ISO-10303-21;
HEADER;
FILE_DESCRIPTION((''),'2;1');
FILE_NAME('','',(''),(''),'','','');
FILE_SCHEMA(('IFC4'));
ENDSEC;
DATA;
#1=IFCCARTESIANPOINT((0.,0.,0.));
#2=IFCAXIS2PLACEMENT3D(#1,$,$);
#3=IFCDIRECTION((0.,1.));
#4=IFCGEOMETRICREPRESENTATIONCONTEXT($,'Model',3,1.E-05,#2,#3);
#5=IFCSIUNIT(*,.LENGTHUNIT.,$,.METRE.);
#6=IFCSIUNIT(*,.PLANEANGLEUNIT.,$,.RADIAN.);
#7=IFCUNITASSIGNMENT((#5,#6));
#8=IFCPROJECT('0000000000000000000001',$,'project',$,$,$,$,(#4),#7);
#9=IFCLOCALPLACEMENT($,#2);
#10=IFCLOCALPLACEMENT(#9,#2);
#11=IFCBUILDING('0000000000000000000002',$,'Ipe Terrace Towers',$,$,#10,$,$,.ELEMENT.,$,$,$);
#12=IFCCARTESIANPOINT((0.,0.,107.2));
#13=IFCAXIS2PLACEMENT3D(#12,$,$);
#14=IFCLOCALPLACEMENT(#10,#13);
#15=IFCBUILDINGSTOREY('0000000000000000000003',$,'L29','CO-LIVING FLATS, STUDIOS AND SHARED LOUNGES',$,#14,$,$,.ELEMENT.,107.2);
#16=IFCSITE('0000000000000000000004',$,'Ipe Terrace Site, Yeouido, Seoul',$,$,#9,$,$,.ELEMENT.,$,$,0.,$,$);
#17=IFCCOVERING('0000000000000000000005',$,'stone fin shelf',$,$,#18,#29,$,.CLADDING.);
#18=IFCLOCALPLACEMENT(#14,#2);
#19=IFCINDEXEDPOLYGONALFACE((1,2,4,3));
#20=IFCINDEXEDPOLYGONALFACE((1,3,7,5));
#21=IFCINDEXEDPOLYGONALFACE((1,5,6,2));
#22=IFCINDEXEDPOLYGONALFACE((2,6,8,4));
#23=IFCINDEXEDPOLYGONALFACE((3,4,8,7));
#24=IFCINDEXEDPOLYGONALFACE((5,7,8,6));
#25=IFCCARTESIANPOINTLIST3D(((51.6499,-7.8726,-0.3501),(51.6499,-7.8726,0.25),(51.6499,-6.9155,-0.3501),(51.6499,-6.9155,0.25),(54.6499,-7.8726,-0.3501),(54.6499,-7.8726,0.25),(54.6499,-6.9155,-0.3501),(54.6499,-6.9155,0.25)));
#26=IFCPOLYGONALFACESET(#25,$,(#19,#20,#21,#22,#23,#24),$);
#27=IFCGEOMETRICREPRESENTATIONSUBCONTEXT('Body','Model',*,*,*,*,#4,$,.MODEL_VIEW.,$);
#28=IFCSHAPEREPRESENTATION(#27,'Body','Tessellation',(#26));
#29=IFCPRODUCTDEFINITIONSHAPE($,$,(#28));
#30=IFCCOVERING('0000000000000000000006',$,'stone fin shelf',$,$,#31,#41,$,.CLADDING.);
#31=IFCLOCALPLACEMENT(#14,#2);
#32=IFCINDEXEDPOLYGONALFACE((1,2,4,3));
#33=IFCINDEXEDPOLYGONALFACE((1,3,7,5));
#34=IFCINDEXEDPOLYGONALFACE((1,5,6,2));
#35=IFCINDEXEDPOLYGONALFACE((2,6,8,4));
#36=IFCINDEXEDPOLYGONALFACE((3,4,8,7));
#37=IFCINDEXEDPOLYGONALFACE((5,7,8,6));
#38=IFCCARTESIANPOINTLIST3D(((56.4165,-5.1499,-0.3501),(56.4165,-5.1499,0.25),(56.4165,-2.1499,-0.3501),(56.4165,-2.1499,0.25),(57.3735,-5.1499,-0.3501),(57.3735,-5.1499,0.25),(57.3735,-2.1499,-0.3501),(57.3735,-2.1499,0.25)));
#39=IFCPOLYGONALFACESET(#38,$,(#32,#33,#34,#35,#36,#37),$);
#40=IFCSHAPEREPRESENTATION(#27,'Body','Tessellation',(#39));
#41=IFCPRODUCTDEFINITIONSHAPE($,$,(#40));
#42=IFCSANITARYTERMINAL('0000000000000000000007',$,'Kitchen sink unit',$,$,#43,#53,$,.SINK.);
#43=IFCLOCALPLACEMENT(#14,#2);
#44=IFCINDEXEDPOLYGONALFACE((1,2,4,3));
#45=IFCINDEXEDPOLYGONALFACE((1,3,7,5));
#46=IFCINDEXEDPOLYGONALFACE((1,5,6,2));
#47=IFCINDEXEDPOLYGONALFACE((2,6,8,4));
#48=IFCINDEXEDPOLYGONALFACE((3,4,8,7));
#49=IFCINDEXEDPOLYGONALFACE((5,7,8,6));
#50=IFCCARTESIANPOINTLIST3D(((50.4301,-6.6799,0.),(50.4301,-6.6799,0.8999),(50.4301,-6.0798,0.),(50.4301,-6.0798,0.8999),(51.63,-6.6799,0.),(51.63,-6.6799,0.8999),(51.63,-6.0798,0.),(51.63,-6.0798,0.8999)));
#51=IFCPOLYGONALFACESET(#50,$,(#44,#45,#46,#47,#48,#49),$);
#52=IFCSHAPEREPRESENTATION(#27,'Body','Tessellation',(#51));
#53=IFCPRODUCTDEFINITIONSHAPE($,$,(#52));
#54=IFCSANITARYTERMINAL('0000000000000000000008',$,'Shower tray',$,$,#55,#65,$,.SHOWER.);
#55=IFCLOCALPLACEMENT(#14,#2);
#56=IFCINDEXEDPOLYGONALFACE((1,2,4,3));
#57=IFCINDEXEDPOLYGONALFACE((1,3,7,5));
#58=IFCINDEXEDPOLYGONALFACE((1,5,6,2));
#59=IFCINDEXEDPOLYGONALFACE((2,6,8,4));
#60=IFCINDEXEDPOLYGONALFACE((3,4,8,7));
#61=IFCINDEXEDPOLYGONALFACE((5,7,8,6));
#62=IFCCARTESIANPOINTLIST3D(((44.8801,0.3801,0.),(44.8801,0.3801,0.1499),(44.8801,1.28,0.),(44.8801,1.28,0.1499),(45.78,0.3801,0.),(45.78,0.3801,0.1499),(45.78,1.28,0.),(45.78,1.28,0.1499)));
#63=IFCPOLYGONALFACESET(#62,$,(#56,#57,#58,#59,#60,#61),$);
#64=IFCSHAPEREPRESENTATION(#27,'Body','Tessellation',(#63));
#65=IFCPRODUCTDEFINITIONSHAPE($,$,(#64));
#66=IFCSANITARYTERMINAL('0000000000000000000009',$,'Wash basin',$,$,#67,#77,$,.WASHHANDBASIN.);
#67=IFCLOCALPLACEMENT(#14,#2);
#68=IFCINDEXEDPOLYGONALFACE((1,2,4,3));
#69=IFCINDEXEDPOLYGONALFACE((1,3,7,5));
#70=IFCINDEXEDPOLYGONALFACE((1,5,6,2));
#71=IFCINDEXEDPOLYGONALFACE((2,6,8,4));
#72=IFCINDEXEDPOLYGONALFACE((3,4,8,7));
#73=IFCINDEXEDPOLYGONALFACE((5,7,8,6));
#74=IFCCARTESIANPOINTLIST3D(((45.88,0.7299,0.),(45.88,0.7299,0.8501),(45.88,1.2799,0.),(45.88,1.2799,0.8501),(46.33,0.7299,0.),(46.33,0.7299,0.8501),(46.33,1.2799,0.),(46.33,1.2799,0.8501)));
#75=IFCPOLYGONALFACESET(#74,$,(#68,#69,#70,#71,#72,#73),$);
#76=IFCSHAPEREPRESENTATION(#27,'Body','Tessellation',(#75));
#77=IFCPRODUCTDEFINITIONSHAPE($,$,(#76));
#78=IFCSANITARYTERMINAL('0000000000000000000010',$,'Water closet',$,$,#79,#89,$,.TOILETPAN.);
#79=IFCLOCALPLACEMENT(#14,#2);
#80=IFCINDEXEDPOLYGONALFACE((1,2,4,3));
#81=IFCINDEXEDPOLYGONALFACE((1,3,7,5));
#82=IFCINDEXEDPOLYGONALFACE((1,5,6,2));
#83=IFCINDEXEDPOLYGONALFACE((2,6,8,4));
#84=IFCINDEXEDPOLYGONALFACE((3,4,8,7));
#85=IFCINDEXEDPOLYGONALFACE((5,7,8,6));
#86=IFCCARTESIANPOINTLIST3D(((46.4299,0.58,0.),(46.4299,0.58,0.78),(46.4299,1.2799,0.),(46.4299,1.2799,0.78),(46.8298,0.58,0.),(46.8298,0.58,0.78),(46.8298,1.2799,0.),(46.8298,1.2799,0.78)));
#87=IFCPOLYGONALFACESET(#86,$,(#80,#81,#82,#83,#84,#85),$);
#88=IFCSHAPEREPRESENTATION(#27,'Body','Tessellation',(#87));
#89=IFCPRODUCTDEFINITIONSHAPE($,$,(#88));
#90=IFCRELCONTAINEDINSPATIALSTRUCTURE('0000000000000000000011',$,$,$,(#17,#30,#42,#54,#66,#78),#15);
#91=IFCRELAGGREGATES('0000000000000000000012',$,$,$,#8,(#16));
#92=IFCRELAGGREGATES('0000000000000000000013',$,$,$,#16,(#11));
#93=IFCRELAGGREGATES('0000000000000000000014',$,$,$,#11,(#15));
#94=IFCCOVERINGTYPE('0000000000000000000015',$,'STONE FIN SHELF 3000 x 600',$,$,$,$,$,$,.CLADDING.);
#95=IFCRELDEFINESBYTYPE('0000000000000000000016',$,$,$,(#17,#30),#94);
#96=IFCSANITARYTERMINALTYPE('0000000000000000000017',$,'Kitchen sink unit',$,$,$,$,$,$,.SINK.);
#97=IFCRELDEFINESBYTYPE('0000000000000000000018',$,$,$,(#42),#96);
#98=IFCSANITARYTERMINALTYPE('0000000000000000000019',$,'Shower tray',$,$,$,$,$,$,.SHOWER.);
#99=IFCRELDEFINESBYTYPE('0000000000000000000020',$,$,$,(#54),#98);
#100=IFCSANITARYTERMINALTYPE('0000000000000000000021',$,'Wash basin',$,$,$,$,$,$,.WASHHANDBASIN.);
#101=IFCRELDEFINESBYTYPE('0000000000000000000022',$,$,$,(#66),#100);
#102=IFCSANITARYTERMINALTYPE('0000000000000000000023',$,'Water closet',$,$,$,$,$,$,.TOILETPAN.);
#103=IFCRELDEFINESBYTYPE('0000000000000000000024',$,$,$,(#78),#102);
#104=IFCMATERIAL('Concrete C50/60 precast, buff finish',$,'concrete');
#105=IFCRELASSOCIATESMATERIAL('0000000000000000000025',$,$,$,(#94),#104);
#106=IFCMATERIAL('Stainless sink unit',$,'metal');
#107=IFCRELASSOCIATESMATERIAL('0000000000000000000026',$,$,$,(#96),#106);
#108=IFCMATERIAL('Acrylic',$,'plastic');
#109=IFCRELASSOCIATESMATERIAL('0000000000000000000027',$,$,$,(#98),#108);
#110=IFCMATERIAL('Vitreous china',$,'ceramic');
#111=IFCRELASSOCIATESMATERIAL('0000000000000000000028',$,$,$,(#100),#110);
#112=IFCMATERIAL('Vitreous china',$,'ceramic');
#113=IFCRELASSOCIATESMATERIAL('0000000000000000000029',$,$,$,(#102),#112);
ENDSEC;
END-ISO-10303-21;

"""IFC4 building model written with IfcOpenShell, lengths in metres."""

from ifc_helpers import new_model, si_unit, direction, frame, origin, origin_2d, place, context, subcontext, project, spatial, rectangle, extrude, material, type_object, element, save


model = new_model("IFC4")

# Units and contexts
model_context = context("Model", 3, precision=1e-05, world=origin(), true_north=direction((0.0, 1.0)))
body_context = subcontext(model_context, "Body", "Model", "MODEL_VIEW")
ifc_project = project(units=[si_unit("LENGTHUNIT", "METRE"), si_unit("PLANEANGLEUNIT", "RADIAN")], contexts=[model_context])

# Site, building, storey
site_placement = place(None, origin())
site = spatial("IfcSite", under=ifc_project, at=site_placement, Name="Ipe Terrace Site, Yeouido, Seoul", CompositionType="ELEMENT", RefElevation=0.0)
building_placement = place(site_placement, origin())
building = spatial("IfcBuilding", under=site, at=building_placement, Name="Ipe Terrace Towers", CompositionType="ELEMENT")
storey_placement = place(building_placement, frame((0.0, 0.0, 107.2)))
storey = spatial("IfcBuildingStorey", under=building, at=storey_placement, Name="L29", Description="CO-LIVING FLATS, STUDIOS AND SHARED LOUNGES", CompositionType="ELEMENT", Elevation=107.2)

# Coverings
ifc_material_1 = material(Name="Concrete C50/60 precast, buff finish", Category="concrete")
covering_type_1 = type_object("IfcCoveringType", Name="STONE FIN SHELF 3000 x 600", PredefinedType="CLADDING", material=ifc_material_1)
for number, where, z_axis, x_axis, name in (
    (1, (53.1499, -7.394, -0.3501), (0.0, 0.0, 1.0), (1.0, 0.0, 0.0), "stone fin shelf"),
    (2, (56.895, -3.6499, -0.3501), (0.0, 0.0, 1.0), (0.0, 1.0, 0.0), "stone fin shelf"),
):
    element("IfcCovering", number, at=place(storey_placement, frame(where, z_axis=z_axis, x_axis=x_axis)), inside=storey, type_object=covering_type_1, Name=name, PredefinedType="CLADDING", context=body_context, shape_type="SweptSolid", body=[
        extrude(rectangle(XDim=3.0, YDim=0.957, at=origin_2d()), origin(), (0.0, 0.0, 1.0), 0.6001),
    ])

# Sanitary terminals
ifc_material_2 = material(Name="Stainless sink unit", Category="metal")
sanitary_terminal_type_1 = type_object("IfcSanitaryTerminalType", Name="Kitchen sink unit", PredefinedType="SINK", material=ifc_material_2)
sanitary_terminal_1_placement = place(storey_placement, frame((51.03, -6.3799, 0.0), z_axis=(0.0, 0.0, 1.0), x_axis=(-1.0, 0.0, 0.0)))
element("IfcSanitaryTerminal", 3, at=sanitary_terminal_1_placement, inside=storey, type_object=sanitary_terminal_type_1, Name="Kitchen sink unit", PredefinedType="SINK", context=body_context, shape_type="SweptSolid", body=[
    extrude(rectangle(XDim=1.2, YDim=0.6001, at=origin_2d()), origin(), (0.0, 0.0, 1.0), 0.8999),
])
ifc_material_3 = material(Name="Acrylic", Category="plastic")
sanitary_terminal_type_2 = type_object("IfcSanitaryTerminalType", Name="Shower tray", PredefinedType="SHOWER", material=ifc_material_3)
sanitary_terminal_2_placement = place(storey_placement, frame((45.3301, 0.8301, 0.0), z_axis=(0.0, 0.0, 1.0), x_axis=(0.0, -1.0, 0.0)))
element("IfcSanitaryTerminal", 4, at=sanitary_terminal_2_placement, inside=storey, type_object=sanitary_terminal_type_2, Name="Shower tray", PredefinedType="SHOWER", context=body_context, shape_type="SweptSolid", body=[
    extrude(rectangle(XDim=0.8999, YDim=0.8999, at=origin_2d()), origin(), (0.0, 0.0, 1.0), 0.1499),
])
ifc_material_4 = material(Name="Vitreous china", Category="ceramic")
sanitary_terminal_type_3 = type_object("IfcSanitaryTerminalType", Name="Wash basin", PredefinedType="WASHHANDBASIN", material=ifc_material_4)
sanitary_terminal_3_placement = place(storey_placement, frame((46.105, 1.0049, 0.0), z_axis=(0.0, 0.0, 1.0), x_axis=(0.0, -1.0, 0.0)))
element("IfcSanitaryTerminal", 5, at=sanitary_terminal_3_placement, inside=storey, type_object=sanitary_terminal_type_3, Name="Wash basin", PredefinedType="WASHHANDBASIN", context=body_context, shape_type="SweptSolid", body=[
    extrude(rectangle(XDim=0.55, YDim=0.45, at=origin_2d()), origin(), (0.0, 0.0, 1.0), 0.8501),
])
ifc_material_5 = material(Name="Vitreous china", Category="ceramic")
sanitary_terminal_type_4 = type_object("IfcSanitaryTerminalType", Name="Water closet", PredefinedType="TOILETPAN", material=ifc_material_5)
sanitary_terminal_4_placement = place(storey_placement, frame((46.6299, 0.9299, 0.0), z_axis=(0.0, 0.0, 1.0), x_axis=(0.0, -1.0, 0.0)))
element("IfcSanitaryTerminal", 6, at=sanitary_terminal_4_placement, inside=storey, type_object=sanitary_terminal_type_4, Name="Water closet", PredefinedType="TOILETPAN", context=body_context, shape_type="SweptSolid", body=[
    extrude(rectangle(XDim=0.7, YDim=0.3999, at=origin_2d()), origin(), (0.0, 0.0, 1.0), 0.78),
])

save(model, "model.ifc")
